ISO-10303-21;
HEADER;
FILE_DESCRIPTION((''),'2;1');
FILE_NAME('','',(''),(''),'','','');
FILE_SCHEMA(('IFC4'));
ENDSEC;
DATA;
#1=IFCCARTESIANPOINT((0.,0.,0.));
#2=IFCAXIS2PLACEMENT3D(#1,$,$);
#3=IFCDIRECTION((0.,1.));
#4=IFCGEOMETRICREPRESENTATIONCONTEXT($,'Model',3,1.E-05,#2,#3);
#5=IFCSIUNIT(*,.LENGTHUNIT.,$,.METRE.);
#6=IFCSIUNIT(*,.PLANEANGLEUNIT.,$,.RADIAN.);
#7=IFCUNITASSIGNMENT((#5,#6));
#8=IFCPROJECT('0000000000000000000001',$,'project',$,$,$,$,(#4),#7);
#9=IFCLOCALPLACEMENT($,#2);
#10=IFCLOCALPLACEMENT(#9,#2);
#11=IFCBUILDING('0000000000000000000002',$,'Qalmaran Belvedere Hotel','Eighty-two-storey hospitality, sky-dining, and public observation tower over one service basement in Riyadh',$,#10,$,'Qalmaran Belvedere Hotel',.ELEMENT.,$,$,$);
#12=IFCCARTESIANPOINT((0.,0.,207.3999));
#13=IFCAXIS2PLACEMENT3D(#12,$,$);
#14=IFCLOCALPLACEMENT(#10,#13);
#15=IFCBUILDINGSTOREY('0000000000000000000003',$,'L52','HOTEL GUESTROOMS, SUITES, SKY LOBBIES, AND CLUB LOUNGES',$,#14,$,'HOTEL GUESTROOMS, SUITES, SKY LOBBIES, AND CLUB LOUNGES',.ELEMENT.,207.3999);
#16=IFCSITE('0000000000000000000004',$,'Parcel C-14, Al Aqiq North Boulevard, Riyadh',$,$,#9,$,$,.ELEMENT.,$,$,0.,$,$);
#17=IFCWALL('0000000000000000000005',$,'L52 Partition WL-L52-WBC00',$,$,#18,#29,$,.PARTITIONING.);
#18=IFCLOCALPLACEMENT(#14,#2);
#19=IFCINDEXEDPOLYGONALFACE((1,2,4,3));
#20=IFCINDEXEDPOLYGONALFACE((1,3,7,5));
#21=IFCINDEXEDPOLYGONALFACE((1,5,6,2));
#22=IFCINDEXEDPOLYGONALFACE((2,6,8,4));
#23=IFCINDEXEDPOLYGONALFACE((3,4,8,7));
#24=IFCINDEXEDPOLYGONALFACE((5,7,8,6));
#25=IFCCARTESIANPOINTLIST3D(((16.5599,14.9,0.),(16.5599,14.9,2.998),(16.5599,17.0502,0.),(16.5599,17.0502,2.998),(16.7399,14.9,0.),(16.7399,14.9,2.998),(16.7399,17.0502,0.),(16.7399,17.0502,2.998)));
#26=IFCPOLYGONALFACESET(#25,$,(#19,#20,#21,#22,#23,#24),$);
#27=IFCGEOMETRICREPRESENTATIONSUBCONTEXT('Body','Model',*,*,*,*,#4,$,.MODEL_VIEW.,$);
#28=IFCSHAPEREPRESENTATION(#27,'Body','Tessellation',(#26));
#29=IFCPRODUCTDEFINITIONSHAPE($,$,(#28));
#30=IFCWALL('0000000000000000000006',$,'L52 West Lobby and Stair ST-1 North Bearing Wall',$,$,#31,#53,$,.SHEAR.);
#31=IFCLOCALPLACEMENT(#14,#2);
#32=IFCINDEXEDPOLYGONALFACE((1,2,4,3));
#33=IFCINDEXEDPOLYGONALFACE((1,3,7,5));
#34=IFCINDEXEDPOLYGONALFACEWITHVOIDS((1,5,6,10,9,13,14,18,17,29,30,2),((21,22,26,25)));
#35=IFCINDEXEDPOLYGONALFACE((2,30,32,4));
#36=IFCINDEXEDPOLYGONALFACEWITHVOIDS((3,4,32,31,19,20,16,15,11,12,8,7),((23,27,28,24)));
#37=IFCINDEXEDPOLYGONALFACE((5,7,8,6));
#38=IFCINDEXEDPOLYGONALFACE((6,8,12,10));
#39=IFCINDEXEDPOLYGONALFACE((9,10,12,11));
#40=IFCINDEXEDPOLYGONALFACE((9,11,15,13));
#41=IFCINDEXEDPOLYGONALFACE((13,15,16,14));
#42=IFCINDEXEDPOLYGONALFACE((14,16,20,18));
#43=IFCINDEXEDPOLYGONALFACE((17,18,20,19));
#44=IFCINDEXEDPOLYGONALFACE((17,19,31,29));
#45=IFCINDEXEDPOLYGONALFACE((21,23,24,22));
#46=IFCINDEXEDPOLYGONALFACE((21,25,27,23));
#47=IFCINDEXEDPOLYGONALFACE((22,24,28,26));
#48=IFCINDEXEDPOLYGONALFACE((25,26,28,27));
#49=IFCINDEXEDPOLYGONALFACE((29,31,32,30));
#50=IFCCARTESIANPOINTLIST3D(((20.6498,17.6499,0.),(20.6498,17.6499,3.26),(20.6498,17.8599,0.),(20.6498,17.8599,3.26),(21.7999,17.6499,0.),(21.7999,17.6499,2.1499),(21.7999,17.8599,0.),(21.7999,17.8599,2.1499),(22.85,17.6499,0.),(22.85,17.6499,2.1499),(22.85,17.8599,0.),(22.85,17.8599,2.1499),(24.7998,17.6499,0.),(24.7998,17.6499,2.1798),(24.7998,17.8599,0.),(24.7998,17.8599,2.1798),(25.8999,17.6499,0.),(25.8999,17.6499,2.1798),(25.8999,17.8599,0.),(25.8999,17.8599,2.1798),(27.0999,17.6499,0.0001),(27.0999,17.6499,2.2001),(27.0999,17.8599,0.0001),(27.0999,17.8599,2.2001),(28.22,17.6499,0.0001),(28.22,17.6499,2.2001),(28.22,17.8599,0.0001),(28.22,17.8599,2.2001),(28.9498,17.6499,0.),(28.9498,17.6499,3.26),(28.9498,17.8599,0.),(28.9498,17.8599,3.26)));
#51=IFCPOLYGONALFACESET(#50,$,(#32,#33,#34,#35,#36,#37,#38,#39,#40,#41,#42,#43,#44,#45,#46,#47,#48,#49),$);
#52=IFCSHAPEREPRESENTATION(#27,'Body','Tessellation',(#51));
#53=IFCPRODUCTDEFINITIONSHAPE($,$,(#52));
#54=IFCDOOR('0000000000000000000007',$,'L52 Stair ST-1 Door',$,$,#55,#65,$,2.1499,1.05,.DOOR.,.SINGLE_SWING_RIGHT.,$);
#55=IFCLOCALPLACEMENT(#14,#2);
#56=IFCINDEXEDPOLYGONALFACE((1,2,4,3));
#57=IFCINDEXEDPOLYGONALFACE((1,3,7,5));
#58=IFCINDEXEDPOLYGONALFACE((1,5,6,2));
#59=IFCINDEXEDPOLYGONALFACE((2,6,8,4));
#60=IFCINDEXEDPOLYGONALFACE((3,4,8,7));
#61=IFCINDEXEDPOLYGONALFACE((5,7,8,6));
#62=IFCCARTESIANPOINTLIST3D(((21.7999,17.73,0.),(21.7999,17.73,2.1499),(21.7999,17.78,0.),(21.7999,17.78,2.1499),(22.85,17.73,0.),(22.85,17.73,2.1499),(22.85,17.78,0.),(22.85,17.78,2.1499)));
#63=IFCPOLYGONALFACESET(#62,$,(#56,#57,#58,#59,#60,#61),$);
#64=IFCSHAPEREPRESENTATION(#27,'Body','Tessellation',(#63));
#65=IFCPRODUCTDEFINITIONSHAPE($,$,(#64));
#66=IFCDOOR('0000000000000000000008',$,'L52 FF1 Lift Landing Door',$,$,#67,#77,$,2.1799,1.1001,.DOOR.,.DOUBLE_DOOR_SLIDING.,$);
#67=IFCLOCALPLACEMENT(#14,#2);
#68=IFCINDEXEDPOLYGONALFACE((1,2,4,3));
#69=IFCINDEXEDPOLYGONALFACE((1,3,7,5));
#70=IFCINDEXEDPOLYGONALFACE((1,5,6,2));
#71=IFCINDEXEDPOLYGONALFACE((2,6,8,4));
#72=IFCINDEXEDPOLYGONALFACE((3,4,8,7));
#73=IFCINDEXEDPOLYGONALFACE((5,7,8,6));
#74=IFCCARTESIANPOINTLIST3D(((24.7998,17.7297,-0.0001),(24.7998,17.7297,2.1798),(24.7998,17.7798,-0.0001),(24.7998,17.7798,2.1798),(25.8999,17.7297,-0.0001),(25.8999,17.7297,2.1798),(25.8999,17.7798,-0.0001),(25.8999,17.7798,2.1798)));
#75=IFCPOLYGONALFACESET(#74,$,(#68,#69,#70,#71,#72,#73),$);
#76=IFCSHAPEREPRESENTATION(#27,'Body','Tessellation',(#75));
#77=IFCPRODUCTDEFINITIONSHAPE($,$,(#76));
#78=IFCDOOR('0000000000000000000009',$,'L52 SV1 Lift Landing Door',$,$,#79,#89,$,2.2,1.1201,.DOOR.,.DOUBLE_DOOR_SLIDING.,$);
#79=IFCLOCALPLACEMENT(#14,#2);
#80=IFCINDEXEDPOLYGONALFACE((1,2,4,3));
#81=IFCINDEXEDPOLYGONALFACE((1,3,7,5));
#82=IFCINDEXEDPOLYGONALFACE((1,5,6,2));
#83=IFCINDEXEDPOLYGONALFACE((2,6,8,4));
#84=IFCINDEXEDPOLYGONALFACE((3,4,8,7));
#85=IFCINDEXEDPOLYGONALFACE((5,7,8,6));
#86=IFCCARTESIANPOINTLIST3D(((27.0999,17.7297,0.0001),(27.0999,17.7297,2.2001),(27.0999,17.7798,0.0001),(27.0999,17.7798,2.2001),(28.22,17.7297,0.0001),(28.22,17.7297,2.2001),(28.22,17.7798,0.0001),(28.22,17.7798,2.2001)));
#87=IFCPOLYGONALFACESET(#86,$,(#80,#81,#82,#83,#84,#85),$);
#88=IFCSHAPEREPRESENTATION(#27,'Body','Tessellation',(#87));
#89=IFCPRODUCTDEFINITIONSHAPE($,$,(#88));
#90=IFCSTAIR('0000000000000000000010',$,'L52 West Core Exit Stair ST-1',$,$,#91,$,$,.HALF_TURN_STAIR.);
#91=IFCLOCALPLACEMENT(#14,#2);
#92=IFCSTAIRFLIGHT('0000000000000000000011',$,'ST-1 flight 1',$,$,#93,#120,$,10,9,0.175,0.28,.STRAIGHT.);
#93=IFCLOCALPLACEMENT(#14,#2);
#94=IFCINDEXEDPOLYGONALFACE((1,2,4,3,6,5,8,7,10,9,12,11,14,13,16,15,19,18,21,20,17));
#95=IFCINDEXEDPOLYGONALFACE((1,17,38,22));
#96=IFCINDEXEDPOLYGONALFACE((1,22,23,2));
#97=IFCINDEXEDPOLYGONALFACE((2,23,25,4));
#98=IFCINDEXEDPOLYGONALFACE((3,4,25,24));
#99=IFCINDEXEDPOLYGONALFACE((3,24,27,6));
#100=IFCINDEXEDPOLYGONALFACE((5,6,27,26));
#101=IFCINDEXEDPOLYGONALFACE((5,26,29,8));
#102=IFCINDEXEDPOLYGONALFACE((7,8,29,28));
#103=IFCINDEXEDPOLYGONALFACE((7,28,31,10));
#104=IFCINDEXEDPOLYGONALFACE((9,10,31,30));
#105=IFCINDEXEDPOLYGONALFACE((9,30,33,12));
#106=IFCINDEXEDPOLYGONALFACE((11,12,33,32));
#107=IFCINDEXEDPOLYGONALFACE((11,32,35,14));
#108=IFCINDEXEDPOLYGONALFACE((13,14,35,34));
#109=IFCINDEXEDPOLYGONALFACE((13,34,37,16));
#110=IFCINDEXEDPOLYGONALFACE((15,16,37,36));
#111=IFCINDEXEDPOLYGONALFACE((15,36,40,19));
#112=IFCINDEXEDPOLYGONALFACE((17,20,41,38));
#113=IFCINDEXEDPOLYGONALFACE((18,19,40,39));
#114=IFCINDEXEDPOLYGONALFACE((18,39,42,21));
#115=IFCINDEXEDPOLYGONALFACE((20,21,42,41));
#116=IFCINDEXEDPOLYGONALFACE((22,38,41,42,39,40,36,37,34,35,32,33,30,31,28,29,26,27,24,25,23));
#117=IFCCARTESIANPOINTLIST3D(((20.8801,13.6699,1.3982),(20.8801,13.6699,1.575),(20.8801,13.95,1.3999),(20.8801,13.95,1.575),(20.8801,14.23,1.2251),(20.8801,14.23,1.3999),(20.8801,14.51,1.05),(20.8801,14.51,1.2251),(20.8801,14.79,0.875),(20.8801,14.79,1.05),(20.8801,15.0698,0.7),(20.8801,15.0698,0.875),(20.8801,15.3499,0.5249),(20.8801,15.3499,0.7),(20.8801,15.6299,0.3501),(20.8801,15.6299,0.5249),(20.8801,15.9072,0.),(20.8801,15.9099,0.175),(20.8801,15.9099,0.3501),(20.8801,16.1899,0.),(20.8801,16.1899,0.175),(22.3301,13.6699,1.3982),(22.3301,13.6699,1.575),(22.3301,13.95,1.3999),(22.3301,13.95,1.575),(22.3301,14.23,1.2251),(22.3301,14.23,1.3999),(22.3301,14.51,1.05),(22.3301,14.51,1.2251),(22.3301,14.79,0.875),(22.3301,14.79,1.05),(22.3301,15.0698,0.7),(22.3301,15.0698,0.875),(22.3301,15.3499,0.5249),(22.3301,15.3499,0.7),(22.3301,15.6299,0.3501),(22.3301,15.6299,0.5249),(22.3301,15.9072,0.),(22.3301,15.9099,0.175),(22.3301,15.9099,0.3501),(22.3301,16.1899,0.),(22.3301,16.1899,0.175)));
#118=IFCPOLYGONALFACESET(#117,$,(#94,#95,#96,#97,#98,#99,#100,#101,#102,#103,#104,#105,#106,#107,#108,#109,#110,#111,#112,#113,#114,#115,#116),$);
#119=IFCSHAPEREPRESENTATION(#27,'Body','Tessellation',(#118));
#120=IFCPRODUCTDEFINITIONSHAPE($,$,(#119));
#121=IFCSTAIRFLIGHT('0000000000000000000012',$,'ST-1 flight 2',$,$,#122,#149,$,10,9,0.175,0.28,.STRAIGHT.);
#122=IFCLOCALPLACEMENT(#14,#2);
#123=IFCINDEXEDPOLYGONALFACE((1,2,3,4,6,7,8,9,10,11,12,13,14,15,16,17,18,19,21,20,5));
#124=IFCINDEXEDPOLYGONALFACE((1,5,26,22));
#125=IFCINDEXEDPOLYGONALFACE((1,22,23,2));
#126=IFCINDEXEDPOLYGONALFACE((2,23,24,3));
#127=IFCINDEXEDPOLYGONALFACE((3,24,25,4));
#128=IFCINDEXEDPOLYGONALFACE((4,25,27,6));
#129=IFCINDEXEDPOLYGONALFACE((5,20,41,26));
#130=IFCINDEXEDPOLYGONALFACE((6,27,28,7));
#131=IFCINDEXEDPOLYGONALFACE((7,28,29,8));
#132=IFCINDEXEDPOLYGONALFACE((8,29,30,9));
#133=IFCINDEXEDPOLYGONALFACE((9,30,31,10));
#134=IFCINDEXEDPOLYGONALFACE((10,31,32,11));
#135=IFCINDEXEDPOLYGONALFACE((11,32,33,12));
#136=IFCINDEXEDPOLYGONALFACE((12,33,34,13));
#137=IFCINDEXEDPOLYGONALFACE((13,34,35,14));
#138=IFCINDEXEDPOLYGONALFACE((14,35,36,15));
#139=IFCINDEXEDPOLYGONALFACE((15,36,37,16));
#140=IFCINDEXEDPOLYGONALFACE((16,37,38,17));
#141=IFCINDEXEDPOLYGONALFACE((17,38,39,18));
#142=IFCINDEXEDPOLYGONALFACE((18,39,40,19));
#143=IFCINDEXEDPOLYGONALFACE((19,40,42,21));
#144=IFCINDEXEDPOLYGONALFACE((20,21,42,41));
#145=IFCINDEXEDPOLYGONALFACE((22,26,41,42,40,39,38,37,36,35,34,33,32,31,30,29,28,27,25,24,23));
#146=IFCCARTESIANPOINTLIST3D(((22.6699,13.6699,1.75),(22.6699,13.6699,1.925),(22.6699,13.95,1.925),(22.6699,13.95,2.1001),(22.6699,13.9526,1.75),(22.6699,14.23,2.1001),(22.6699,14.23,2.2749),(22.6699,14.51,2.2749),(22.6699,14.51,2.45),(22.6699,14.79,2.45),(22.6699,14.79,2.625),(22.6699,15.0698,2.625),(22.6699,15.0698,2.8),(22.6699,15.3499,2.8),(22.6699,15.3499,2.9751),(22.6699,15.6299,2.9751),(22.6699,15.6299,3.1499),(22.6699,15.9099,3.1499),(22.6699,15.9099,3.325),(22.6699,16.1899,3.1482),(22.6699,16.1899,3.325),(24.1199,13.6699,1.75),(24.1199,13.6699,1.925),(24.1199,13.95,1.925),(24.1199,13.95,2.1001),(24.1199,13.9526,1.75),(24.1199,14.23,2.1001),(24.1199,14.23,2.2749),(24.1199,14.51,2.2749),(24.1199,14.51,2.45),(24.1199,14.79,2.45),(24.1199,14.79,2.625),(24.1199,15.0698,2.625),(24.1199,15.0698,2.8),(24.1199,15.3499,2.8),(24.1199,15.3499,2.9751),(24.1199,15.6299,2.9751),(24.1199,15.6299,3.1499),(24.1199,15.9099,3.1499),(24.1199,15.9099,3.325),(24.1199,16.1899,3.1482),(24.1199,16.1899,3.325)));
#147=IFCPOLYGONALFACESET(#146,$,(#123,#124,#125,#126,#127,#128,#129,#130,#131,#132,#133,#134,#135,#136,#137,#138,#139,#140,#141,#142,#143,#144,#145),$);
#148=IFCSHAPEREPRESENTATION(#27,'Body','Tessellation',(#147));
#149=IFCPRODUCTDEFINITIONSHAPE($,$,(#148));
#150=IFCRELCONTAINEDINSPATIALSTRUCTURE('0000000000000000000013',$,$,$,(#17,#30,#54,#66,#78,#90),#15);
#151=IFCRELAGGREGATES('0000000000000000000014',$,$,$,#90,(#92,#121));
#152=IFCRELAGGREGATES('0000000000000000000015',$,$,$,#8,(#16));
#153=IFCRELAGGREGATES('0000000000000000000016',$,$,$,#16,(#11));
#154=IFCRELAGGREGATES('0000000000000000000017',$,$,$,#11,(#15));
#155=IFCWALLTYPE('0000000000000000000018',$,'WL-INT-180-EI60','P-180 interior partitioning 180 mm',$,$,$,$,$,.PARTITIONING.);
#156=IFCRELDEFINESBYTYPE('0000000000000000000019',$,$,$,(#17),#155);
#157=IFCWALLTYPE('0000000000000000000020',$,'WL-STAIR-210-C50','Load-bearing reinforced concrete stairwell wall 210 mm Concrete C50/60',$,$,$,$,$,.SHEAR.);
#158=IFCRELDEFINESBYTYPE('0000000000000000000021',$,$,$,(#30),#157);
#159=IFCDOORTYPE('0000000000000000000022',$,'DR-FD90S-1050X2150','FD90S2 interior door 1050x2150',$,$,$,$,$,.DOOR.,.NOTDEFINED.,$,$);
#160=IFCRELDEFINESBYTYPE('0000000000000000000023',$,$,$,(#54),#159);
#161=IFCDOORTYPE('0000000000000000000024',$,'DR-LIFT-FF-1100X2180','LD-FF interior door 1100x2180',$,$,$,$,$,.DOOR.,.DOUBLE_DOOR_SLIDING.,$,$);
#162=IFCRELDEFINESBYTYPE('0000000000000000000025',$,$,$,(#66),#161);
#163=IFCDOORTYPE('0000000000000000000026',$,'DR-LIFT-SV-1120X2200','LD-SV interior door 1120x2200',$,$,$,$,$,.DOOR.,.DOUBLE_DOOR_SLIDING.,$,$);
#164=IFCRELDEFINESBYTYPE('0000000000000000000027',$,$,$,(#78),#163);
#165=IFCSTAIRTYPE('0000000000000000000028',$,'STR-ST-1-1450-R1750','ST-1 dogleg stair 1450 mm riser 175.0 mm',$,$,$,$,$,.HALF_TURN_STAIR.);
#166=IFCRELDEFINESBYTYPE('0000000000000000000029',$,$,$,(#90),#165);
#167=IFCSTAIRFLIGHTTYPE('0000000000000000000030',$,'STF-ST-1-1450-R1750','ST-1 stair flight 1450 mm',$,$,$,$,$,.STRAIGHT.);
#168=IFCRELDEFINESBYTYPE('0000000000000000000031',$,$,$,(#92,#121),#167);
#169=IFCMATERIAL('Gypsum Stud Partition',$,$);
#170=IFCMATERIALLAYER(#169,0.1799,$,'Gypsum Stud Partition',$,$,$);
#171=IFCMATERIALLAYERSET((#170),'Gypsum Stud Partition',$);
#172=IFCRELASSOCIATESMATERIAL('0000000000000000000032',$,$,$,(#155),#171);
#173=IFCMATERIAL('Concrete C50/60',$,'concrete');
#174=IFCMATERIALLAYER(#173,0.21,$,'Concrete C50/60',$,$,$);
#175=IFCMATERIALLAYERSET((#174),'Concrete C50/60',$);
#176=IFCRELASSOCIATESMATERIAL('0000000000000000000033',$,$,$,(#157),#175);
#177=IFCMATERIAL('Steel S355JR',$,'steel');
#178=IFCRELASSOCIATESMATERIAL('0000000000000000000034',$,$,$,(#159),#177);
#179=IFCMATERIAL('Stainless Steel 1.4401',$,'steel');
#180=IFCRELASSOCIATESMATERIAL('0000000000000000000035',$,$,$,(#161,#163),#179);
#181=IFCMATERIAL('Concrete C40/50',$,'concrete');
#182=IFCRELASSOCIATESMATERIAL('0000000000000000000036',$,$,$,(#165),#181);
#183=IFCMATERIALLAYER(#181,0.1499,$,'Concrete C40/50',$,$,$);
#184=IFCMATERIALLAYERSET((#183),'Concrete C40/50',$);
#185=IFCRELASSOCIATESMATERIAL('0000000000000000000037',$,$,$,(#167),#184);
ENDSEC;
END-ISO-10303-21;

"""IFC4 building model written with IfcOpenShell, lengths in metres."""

from ifc_helpers import new_model, si_unit, direction, frame, frame_2d, origin, place, context, subcontext, project, spatial, polyline, rectangle, outline, extrude, material, layer, layer_set, type_object, element, fill, aggregate, save


model = new_model("IFC4")

# Units and contexts
model_context = context("Model", 3, precision=1e-05, world=origin(), true_north=direction((0.0, 1.0)))
body_context = subcontext(model_context, "Body", "Model", "MODEL_VIEW")
ifc_project = project(units=[si_unit("LENGTHUNIT", "METRE"), si_unit("PLANEANGLEUNIT", "RADIAN")], contexts=[model_context])

# Site, building, storey
site_placement = place(None, origin())
site = spatial("IfcSite", under=ifc_project, at=site_placement, Name="Parcel C-14, Al Aqiq North Boulevard, Riyadh", CompositionType="ELEMENT", RefElevation=0.0)
building_placement = place(site_placement, origin())
building = spatial("IfcBuilding", under=site, at=building_placement, Name="Qalmaran Belvedere Hotel", Description="Eighty-two-storey hospitality, sky-dining, and public observation tower over one service basement in Riyadh", LongName="Qalmaran Belvedere Hotel", CompositionType="ELEMENT")
storey_placement = place(building_placement, frame((0.0, 0.0, 207.3999)))
storey = spatial("IfcBuildingStorey", under=building, at=storey_placement, Name="L52", Description="HOTEL GUESTROOMS, SUITES, SKY LOBBIES, AND CLUB LOUNGES", LongName="HOTEL GUESTROOMS, SUITES, SKY LOBBIES, AND CLUB LOUNGES", CompositionType="ELEMENT", Elevation=207.3999)

# Shared definitions
ifc_material_1 = material(Name="Gypsum Stud Partition")

# Shared definitions
ifc_material_2 = material(Name="Steel S355JR", Category="steel")

# Wall
ifc_layer_1 = layer(ifc_material_1, 0.1799, Name="Gypsum Stud Partition")
ifc_layer_set_1 = layer_set([ifc_layer_1], Name="Gypsum Stud Partition")
wall_type_1 = type_object("IfcWallType", Name="WL-INT-180-EI60", Description="P-180 interior partitioning 180 mm", PredefinedType="PARTITIONING", material=ifc_layer_set_1)
wall_1_placement = place(storey_placement, frame((16.6499, 14.8999, 0.0), z_axis=(0.0, 0.0, 1.0), x_axis=(0.0, 1.0, 0.0)))
element("IfcWall", 1, at=wall_1_placement, inside=storey, type_object=wall_type_1, Name="L52 Partition WL-L52-WBC00", PredefinedType="PARTITIONING", context=body_context, shape_type="SweptSolid", body=[
    extrude(rectangle(XDim=2.1501, YDim=0.1799, at=frame_2d((1.0752, 0.0))), origin(), (0.0, 0.0, 1.0), 2.998),
])

# Wall, openings, doors
ifc_material_3 = material(Name="Concrete C50/60", Category="concrete")
ifc_layer_2 = layer(ifc_material_3, 0.21, Name="Concrete C50/60")
ifc_layer_set_2 = layer_set([ifc_layer_2], Name="Concrete C50/60")
wall_type_2 = type_object("IfcWallType", Name="WL-STAIR-210-C50", Description="Load-bearing reinforced concrete stairwell wall 210 mm Concrete C50/60", PredefinedType="SHEAR", material=ifc_layer_set_2)
wall_2_placement = place(storey_placement, frame((20.6499, 17.7549, 0.0), z_axis=(0.0, 0.0, 1.0), x_axis=(1.0, 0.0, 0.0)))
wall_2 = element("IfcWall", 2, at=wall_2_placement, inside=storey, type_object=wall_type_2, Name="L52 West Lobby and Stair ST-1 North Bearing Wall", PredefinedType="SHEAR", context=body_context, shape_type="SweptSolid", body=[
    extrude(rectangle(XDim=8.3, YDim=0.21, at=frame_2d((4.1499, 0.0))), origin(), (0.0, 0.0, 1.0), 3.26),
])
opening_1_placement = place(wall_2_placement, frame((2.2, 0.0, 0.0), z_axis=(0.0, 0.0, 1.0), x_axis=(-1.0, 0.0, 0.0)))
opening_1 = element("IfcOpeningElement", 3, at=opening_1_placement, cuts=wall_2, PredefinedType="OPENING", context=body_context, shape_type="SweptSolid", body=[
    extrude(rectangle(XDim=1.05, YDim=2.1499, at=frame_2d((0.5249, 1.075))), frame((0.0, 0.115, 0.0), z_axis=(0.0, -1.0, 0.0), x_axis=(1.0, 0.0, 0.0)), (0.0, 0.0, 1.0), 0.23),
])
opening_2_placement = place(wall_2_placement, frame((4.1499, 0.0, 0.0)))
opening_2 = element("IfcOpeningElement", 4, at=opening_2_placement, cuts=wall_2, PredefinedType="OPENING", context=body_context, shape_type="SweptSolid", body=[
    extrude(rectangle(XDim=1.1001, YDim=2.1799, at=frame_2d((0.55, 1.0898))), frame((0.0, 0.115, 0.0), z_axis=(0.0, -1.0, 0.0), x_axis=(1.0, 0.0, 0.0)), (0.0, 0.0, 1.0), 0.23),
])
opening_3_placement = place(wall_2_placement, frame((6.45, 0.0, 0.0)))
opening_3 = element("IfcOpeningElement", 5, at=opening_3_placement, cuts=wall_2, PredefinedType="OPENING", context=body_context, shape_type="SweptSolid", body=[
    extrude(rectangle(XDim=1.1201, YDim=2.2, at=frame_2d((0.5601, 1.1001))), frame((0.0, 0.115, 0.0), z_axis=(0.0, -1.0, 0.0), x_axis=(1.0, 0.0, 0.0)), (0.0, 0.0, 1.0), 0.23),
])
door_type_1 = type_object("IfcDoorType", Name="DR-FD90S-1050X2150", Description="FD90S2 interior door 1050x2150", OperationType="NOTDEFINED", PredefinedType="DOOR", material=ifc_material_2)
door_1_placement = place(opening_1_placement, origin())
door_1 = element("IfcDoor", 6, at=door_1_placement, inside=storey, type_object=door_type_1, Name="L52 Stair ST-1 Door", OperationType="SINGLE_SWING_RIGHT", OverallHeight=2.1499, OverallWidth=1.05, PredefinedType="DOOR", context=body_context, shape_type="SweptSolid", body=[
    extrude(rectangle(XDim=1.05, YDim=2.1499, at=frame_2d((0.5249, 1.075))), frame((0.0, 0.0249, 0.0), z_axis=(0.0, -1.0, 0.0), x_axis=(1.0, 0.0, 0.0)), (0.0, 0.0, 1.0), 0.05),
])
fill(opening_1, door_1)
ifc_material_4 = material(Name="Stainless Steel 1.4401", Category="steel")
door_type_2 = type_object("IfcDoorType", Name="DR-LIFT-FF-1100X2180", Description="LD-FF interior door 1100x2180", OperationType="DOUBLE_DOOR_SLIDING", PredefinedType="DOOR", material=ifc_material_4)
door_2_placement = place(opening_2_placement, origin())
door_2 = element("IfcDoor", 7, at=door_2_placement, inside=storey, type_object=door_type_2, Name="L52 FF1 Lift Landing Door", OperationType="DOUBLE_DOOR_SLIDING", OverallHeight=2.1799, OverallWidth=1.1001, PredefinedType="DOOR", context=body_context, shape_type="SweptSolid", body=[
    extrude(rectangle(XDim=1.1001, YDim=2.1799, at=frame_2d((0.55, 1.0898))), frame((0.0, 0.0249, 0.0), z_axis=(0.0, -1.0, 0.0), x_axis=(1.0, 0.0, 0.0)), (0.0, 0.0, 1.0), 0.05),
])
fill(opening_2, door_2)
door_type_3 = type_object("IfcDoorType", Name="DR-LIFT-SV-1120X2200", Description="LD-SV interior door 1120x2200", OperationType="DOUBLE_DOOR_SLIDING", PredefinedType="DOOR", material=ifc_material_4)
door_3_placement = place(opening_3_placement, origin())
door_3 = element("IfcDoor", 8, at=door_3_placement, inside=storey, type_object=door_type_3, Name="L52 SV1 Lift Landing Door", OperationType="DOUBLE_DOOR_SLIDING", OverallHeight=2.2, OverallWidth=1.1201, PredefinedType="DOOR", context=body_context, shape_type="SweptSolid", body=[
    extrude(rectangle(XDim=1.1201, YDim=2.2, at=frame_2d((0.5601, 1.1001))), frame((0.0, 0.0249, 0.0), z_axis=(0.0, -1.0, 0.0), x_axis=(1.0, 0.0, 0.0)), (0.0, 0.0, 1.0), 0.05),
])
fill(opening_3, door_3)

# Stair, stair flights
ifc_material_5 = material(Name="Concrete C40/50", Category="concrete")
stair_type = type_object("IfcStairType", Name="STR-ST-1-1450-R1750", Description="ST-1 dogleg stair 1450 mm riser 175.0 mm", PredefinedType="HALF_TURN_STAIR", material=ifc_material_5)
stair_placement = place(storey_placement, origin())
stair = element("IfcStair", 9, at=stair_placement, inside=storey, type_object=stair_type, Name="L52 West Core Exit Stair ST-1", PredefinedType="HALF_TURN_STAIR")
ifc_layer_3 = layer(ifc_material_5, 0.1499, Name="Concrete C40/50")
ifc_layer_set_3 = layer_set([ifc_layer_3], Name="Concrete C40/50")
stair_flight_type = type_object("IfcStairFlightType", Name="STF-ST-1-1450-R1750", Description="ST-1 stair flight 1450 mm", PredefinedType="STRAIGHT", material=ifc_layer_set_3)
stair_flight_1_placement = place(storey_placement, frame((21.605, 16.1899, 0.0), z_axis=(0.0, 0.0, 1.0), x_axis=(0.0, -1.0, 0.0)))
stair_flight_1 = element("IfcStairFlight", 10, at=stair_flight_1_placement, type_object=stair_flight_type, Name="ST-1 flight 1", NumberOfRisers=10, NumberOfTreads=9, PredefinedType="STRAIGHT", RiserHeight=0.175, TreadLength=0.28, context=body_context, shape_type="SweptSolid", body=[
    extrude(outline(polyline([(0.0, 0.0), (0.0, 0.175), (0.28, 0.175), (0.28, 0.3501), (0.5601, 0.3501), (0.5601, 0.5249), (0.8401, 0.5249), (0.8401, 0.7), (1.1201, 0.7), (1.1201, 0.875), (1.3999, 0.875), (1.3999, 1.05), (1.6799, 1.05), (1.6799, 1.2251), (1.96, 1.2251), (1.96, 1.3999), (2.24, 1.3999), (2.24, 1.575), (2.52, 1.575), (2.52, 1.75), (2.52, 1.3982), (0.2827, 0.0), (0.0, 0.0)])), frame((0.0, 0.7251, 0.0), z_axis=(0.0, -1.0, 0.0), x_axis=(1.0, 0.0, 0.0)), (0.0, 0.0, 1.0), 1.45),
])
stair_flight_2_placement = place(storey_placement, frame((23.395, 13.6699, 1.75), z_axis=(0.0, 0.0, 1.0), x_axis=(0.0, 1.0, 0.0)))
stair_flight_2 = element("IfcStairFlight", 11, at=stair_flight_2_placement, type_object=stair_flight_type, Name="ST-1 flight 2", NumberOfRisers=10, NumberOfTreads=9, PredefinedType="STRAIGHT", RiserHeight=0.175, TreadLength=0.28, context=body_context, shape_type="SweptSolid", body=[
    extrude(outline(polyline([(0.0, 0.0), (0.0, 0.175), (0.28, 0.175), (0.28, 0.3501), (0.5601, 0.3501), (0.5601, 0.5249), (0.8401, 0.5249), (0.8401, 0.7), (1.1201, 0.7), (1.1201, 0.875), (1.3999, 0.875), (1.3999, 1.05), (1.6799, 1.05), (1.6799, 1.2251), (1.96, 1.2251), (1.96, 1.3999), (2.24, 1.3999), (2.24, 1.575), (2.52, 1.575), (2.52, 1.75), (2.52, 1.3982), (0.2827, 0.0), (0.0, 0.0)])), frame((0.0, 0.7251, 0.0), z_axis=(0.0, -1.0, 0.0), x_axis=(1.0, 0.0, 0.0)), (0.0, 0.0, 1.0), 1.45),
])
aggregate(stair, [stair_flight_1, stair_flight_2])

save(model, "model.ifc")
